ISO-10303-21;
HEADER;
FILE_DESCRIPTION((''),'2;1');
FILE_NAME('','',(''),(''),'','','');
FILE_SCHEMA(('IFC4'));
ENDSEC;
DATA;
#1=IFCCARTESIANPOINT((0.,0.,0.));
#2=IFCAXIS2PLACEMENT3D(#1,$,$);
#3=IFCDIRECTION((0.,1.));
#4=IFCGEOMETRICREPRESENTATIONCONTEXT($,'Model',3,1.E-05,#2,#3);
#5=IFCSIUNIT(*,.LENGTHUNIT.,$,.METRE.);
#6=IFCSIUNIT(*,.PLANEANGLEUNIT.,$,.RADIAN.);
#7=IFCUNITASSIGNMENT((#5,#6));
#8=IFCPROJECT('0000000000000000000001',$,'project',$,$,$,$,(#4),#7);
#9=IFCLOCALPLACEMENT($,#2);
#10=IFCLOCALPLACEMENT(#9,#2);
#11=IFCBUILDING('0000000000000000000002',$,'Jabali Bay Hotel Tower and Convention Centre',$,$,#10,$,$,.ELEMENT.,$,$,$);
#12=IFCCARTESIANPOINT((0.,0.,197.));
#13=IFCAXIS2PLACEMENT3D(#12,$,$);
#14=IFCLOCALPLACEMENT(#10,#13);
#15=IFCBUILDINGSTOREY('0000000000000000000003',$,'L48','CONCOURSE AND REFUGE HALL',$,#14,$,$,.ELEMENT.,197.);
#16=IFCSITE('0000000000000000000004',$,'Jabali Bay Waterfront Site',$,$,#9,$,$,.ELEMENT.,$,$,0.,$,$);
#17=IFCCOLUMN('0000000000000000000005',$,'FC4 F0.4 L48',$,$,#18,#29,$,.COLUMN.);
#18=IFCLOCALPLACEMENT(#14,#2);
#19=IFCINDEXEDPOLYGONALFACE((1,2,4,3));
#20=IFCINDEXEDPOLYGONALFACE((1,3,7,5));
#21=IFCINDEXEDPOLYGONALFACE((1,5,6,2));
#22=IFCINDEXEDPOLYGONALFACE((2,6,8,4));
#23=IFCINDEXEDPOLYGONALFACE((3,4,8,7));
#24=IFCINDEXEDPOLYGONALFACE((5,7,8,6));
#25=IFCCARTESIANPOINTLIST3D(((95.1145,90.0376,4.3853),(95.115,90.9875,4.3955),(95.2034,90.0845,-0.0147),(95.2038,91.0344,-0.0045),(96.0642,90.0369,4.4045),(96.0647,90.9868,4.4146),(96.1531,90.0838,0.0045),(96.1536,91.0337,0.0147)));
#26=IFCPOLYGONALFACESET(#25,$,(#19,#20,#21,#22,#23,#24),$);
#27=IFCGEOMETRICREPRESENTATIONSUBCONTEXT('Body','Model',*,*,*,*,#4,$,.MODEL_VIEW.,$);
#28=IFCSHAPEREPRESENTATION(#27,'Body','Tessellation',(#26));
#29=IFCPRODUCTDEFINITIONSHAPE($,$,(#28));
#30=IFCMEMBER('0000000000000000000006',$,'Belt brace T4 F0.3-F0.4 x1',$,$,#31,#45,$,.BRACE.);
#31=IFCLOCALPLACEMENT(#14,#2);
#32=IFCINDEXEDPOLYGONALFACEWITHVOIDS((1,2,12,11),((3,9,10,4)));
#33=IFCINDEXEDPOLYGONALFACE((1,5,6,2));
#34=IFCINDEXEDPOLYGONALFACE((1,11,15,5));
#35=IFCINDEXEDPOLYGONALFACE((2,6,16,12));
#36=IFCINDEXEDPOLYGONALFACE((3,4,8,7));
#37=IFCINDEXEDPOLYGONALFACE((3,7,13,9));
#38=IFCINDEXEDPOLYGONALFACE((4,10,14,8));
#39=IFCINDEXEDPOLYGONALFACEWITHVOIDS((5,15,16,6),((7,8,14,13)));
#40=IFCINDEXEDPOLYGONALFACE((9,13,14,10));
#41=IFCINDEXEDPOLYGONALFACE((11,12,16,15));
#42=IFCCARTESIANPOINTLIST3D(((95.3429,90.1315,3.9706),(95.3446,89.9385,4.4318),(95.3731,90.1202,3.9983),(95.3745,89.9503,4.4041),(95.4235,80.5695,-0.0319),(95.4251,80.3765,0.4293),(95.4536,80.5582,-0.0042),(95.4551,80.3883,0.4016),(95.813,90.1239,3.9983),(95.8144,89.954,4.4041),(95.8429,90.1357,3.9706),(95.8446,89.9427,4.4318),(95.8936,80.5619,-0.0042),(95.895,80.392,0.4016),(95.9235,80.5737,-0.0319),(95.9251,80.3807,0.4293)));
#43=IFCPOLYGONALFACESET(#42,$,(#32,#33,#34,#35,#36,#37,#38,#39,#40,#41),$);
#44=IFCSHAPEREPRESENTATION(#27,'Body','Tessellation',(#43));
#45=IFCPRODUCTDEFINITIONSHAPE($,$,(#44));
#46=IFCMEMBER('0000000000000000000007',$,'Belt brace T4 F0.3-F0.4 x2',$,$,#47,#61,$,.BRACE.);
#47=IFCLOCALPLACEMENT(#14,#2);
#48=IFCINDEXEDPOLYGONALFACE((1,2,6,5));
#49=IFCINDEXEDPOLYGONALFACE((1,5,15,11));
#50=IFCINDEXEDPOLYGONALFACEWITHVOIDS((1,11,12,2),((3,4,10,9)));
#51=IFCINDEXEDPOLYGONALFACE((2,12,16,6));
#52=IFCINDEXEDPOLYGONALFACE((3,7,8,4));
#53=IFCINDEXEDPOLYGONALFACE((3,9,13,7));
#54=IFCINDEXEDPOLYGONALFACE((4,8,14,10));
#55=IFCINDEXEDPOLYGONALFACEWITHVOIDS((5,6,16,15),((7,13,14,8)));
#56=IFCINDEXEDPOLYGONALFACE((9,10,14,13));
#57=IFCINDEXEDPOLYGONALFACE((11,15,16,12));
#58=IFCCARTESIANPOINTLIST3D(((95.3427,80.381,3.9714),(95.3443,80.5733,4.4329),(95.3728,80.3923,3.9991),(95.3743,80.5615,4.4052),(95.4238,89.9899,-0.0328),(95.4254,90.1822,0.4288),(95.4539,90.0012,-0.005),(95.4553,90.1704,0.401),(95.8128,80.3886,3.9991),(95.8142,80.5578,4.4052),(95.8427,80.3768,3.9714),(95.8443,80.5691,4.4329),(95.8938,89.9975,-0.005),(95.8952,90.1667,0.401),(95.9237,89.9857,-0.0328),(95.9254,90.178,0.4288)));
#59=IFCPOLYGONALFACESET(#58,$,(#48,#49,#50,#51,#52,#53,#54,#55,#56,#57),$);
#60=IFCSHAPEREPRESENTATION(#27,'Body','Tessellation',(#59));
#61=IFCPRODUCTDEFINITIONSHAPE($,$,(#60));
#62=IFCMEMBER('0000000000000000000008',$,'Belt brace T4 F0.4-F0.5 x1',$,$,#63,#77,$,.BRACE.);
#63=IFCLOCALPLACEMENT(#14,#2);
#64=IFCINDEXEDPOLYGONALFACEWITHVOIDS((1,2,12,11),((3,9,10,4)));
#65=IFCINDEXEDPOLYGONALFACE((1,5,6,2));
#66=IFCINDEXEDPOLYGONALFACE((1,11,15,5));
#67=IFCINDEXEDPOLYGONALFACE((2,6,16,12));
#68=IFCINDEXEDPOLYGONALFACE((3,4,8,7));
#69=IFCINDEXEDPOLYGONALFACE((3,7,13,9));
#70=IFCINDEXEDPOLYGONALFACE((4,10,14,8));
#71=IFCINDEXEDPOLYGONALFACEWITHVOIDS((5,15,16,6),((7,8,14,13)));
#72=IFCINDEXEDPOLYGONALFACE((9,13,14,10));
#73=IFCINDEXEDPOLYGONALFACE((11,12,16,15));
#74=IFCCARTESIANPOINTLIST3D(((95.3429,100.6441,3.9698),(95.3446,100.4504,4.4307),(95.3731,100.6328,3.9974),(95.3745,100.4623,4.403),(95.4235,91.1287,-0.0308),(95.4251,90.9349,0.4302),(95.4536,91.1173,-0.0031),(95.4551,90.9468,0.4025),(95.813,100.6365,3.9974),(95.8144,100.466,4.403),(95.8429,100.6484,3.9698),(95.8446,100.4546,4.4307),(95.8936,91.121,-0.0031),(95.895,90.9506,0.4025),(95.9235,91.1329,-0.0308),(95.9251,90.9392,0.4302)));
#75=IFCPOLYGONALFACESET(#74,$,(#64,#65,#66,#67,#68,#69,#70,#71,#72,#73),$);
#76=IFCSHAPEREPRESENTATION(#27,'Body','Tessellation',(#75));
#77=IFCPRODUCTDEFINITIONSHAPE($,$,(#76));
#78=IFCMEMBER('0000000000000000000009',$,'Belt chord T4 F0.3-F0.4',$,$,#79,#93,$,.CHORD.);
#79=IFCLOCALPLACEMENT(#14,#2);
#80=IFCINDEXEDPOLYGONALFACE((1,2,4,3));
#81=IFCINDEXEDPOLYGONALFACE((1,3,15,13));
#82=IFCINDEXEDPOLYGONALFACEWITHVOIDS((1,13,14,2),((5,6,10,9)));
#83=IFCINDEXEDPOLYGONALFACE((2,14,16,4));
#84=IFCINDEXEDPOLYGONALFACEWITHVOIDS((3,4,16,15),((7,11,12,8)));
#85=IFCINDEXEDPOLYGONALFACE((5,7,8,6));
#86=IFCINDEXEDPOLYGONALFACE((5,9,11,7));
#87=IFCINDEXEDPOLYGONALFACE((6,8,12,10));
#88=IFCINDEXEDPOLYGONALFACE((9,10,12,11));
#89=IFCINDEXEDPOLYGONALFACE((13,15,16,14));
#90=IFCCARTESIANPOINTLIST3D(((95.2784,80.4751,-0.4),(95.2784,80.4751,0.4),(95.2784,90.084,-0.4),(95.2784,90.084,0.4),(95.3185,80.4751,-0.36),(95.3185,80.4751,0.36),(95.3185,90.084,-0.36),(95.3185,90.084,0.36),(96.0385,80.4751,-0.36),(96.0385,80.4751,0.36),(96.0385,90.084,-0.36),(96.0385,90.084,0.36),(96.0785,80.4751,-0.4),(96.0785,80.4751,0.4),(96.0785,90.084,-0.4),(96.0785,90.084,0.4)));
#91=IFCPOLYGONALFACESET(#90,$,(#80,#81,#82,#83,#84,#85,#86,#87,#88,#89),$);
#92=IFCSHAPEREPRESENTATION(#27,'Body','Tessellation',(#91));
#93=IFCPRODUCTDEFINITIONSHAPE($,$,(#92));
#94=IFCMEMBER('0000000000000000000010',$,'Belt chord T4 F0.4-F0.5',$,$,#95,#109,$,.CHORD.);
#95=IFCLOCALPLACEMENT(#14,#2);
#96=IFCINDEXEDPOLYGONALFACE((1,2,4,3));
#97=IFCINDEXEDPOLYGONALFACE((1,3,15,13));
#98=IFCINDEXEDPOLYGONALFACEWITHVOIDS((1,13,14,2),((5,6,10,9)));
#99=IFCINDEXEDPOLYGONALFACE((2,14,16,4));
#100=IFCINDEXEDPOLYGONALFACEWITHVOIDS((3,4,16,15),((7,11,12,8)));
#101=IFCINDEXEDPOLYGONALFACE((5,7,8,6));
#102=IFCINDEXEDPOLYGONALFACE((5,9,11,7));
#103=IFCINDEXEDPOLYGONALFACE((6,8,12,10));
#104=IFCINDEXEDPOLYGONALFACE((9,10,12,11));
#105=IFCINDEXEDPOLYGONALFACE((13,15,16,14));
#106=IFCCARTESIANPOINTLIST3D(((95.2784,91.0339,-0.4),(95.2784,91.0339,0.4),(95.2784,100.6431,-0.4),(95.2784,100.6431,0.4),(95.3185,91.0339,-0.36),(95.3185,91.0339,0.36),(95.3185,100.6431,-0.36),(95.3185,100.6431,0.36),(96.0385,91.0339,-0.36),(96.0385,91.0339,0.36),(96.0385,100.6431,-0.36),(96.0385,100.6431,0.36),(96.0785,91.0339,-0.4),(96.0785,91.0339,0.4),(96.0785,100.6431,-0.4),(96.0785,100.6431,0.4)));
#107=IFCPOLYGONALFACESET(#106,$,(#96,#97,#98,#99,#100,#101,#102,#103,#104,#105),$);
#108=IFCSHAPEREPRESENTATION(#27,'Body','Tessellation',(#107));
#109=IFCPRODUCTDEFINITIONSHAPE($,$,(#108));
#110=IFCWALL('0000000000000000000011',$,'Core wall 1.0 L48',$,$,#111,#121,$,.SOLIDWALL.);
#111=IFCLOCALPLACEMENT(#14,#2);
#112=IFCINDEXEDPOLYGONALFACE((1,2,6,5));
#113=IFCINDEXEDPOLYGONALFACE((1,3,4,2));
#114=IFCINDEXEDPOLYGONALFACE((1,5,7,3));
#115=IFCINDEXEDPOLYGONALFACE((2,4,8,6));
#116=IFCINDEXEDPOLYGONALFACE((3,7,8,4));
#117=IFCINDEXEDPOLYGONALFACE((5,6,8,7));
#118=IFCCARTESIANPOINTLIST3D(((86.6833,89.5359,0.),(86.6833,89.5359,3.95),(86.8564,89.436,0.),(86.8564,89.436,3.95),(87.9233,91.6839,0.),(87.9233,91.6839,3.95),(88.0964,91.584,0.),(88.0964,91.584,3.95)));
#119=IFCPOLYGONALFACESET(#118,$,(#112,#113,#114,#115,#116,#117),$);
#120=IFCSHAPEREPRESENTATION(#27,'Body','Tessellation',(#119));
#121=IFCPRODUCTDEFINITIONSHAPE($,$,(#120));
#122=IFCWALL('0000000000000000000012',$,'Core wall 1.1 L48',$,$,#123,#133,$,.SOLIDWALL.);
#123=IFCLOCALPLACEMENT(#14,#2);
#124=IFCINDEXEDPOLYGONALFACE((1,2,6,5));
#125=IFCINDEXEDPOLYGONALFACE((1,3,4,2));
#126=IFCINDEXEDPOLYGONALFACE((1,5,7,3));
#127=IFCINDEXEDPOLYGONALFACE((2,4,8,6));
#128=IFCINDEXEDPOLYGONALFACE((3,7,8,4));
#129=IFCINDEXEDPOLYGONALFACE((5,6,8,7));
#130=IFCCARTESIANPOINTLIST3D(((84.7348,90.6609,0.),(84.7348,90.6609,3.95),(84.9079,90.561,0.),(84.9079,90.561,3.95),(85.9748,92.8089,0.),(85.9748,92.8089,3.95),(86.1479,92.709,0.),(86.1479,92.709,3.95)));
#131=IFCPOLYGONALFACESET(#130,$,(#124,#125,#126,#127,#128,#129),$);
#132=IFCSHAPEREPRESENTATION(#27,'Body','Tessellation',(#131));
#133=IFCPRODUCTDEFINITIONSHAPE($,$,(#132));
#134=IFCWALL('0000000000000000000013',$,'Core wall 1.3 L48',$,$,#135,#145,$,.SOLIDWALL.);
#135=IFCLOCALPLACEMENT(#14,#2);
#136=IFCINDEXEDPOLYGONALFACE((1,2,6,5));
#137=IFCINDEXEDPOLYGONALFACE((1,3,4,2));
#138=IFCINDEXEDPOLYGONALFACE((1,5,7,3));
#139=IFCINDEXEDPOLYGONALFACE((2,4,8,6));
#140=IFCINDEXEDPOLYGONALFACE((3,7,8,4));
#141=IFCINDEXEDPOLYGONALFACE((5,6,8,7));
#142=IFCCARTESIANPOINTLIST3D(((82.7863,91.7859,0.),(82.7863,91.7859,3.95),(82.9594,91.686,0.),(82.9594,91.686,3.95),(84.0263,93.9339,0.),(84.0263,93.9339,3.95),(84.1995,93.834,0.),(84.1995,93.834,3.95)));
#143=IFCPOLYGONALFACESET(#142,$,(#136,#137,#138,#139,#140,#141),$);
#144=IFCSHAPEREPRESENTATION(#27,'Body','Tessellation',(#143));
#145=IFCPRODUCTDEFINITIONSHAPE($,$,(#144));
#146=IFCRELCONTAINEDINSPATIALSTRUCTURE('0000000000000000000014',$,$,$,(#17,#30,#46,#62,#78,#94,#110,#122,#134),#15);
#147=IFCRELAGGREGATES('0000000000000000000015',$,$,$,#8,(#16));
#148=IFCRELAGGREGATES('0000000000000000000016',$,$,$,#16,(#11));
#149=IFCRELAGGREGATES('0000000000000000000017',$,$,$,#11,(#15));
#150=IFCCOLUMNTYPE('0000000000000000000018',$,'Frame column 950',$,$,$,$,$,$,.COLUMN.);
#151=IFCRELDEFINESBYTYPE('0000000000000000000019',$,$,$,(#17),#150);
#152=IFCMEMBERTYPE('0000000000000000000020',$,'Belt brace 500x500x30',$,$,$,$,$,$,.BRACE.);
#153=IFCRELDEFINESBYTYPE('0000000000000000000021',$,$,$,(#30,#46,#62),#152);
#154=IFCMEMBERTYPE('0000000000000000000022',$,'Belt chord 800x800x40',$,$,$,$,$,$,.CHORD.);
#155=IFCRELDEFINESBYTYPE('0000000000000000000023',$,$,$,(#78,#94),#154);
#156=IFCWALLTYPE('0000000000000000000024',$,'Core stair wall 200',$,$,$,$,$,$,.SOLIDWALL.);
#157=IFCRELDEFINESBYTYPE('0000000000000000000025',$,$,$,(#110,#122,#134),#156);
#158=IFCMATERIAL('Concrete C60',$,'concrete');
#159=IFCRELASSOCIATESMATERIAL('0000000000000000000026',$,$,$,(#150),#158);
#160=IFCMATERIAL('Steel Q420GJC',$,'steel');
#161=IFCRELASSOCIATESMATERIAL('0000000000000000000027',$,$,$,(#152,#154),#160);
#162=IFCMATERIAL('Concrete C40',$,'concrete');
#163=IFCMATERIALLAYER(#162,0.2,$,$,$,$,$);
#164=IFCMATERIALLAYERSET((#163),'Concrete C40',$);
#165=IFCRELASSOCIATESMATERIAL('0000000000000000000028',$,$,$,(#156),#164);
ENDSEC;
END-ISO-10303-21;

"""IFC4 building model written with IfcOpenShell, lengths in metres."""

from ifc_helpers import new_model, si_unit, direction, frame, frame_2d, origin, origin_2d, place, context, subcontext, project, spatial, rectangle, hollow_rectangle, extrude, material, layer, layer_set, material_profile, profile_set, type_object, element, save


model = new_model("IFC4")

# Units and contexts
model_context = context("Model", 3, precision=1e-05, world=origin(), true_north=direction((0.0, 1.0)))
body_context = subcontext(model_context, "Body", "Model", "MODEL_VIEW")
ifc_project = project(units=[si_unit("LENGTHUNIT", "METRE"), si_unit("PLANEANGLEUNIT", "RADIAN")], contexts=[model_context])

# Site, building, storey
site_placement = place(None, origin())
site = spatial("IfcSite", under=ifc_project, at=site_placement, Name="Jabali Bay Waterfront Site", CompositionType="ELEMENT", RefElevation=0.0)
building_placement = place(site_placement, origin())
building = spatial("IfcBuilding", under=site, at=building_placement, Name="Jabali Bay Hotel Tower and Convention Centre", CompositionType="ELEMENT")
storey_placement = place(building_placement, frame((0.0, 0.0, 197.0)))
storey = spatial("IfcBuildingStorey", under=building, at=storey_placement, Name="L48", Description="CONCOURSE AND REFUGE HALL", CompositionType="ELEMENT", Elevation=197.0)

# Column
ifc_material_1 = material(Name="Concrete C60", Category="concrete")
ifc_material_profile_1 = material_profile(ifc_material_1, rectangle(XDim=0.95, YDim=0.95, at=origin_2d()), Name="Frame column 950")
ifc_profile_set_1 = profile_set([ifc_material_profile_1], Name="Concrete C60")
column_type = type_object("IfcColumnType", Name="Frame column 950", PredefinedType="COLUMN", material=ifc_profile_set_1)
column_placement = place(storey_placement, frame((95.6785, 90.5591, 0.0), z_axis=(-0.020192, -0.010651, 0.999739), x_axis=(0.999796, -0.000716, 0.020186)))
element("IfcColumn", 1, at=column_placement, inside=storey, type_object=column_type, Name="FC4 F0.4 L48", PredefinedType="COLUMN", context=body_context, shape_type="SweptSolid", body=[
    extrude(rectangle(XDim=0.95, YDim=0.95, at=origin_2d()), origin(), (0.0, 0.0, 1.0), 4.4011),
])

# Members
ifc_material_2 = material(Name="Steel Q420GJC", Category="steel")
ifc_material_profile_2 = material_profile(ifc_material_2, hollow_rectangle(XDim=0.5, YDim=0.5, WallThickness=0.03, at=origin_2d()), Name="Belt brace 500x500x30")
ifc_profile_set_2 = profile_set([ifc_material_profile_2], Name="Steel Q420GJC")
member_type_1 = type_object("IfcMemberType", Name="Belt brace 500x500x30", PredefinedType="BRACE", material=ifc_profile_set_2)
member_1_placement = place(storey_placement, frame((95.6743, 80.4751, 0.1987), z_axis=(-0.007772, 0.922422, 0.386105), x_axis=(-0.999965, -0.008425, 0.0)))
element("IfcMember", 2, at=member_1_placement, inside=storey, type_object=member_type_1, Name="Belt brace T4 F0.3-F0.4 x1", PredefinedType="BRACE", context=body_context, shape_type="SweptSolid", body=[
    extrude(hollow_rectangle(XDim=0.5, YDim=0.5, WallThickness=0.03, at=origin_2d()), origin(), (0.0, 0.0, 1.0), 10.3662),
])
member_2_placement = place(storey_placement, frame((95.6746, 90.084, 0.198), z_axis=(-0.007786, -0.923034, 0.38464), x_axis=(0.999964, -0.008435, 0.0)))
element("IfcMember", 3, at=member_2_placement, inside=storey, type_object=member_type_1, Name="Belt brace T4 F0.3-F0.4 x2", PredefinedType="BRACE", context=body_context, shape_type="SweptSolid", body=[
    extrude(hollow_rectangle(XDim=0.5, YDim=0.5, WallThickness=0.03, at=origin_2d()), origin(), (0.0, 0.0, 1.0), 10.4102),
])
member_3_placement = place(storey_placement, frame((95.6743, 91.0339, 0.1997), z_axis=(-0.007805, 0.921815, 0.387552), x_axis=(-0.999964, -0.008467, 0.0)))
element("IfcMember", 4, at=member_3_placement, inside=storey, type_object=member_type_1, Name="Belt brace T4 F0.4-F0.5 x1", PredefinedType="BRACE", context=body_context, shape_type="SweptSolid", body=[
    extrude(hollow_rectangle(XDim=0.5, YDim=0.5, WallThickness=0.03, at=origin_2d()), origin(), (0.0, 0.0, 1.0), 10.3225),
])
ifc_material_profile_3 = material_profile(ifc_material_2, hollow_rectangle(XDim=0.8, YDim=0.8, WallThickness=0.04, at=origin_2d()), Name="Belt chord 800x800x40")
ifc_profile_set_3 = profile_set([ifc_material_profile_3], Name="Steel Q420GJC")
member_type_2 = type_object("IfcMemberType", Name="Belt chord 800x800x40", PredefinedType="CHORD", material=ifc_profile_set_3)
member_4_placement = place(storey_placement, frame((95.6785, 80.4751, 0.0), z_axis=(0.0, 1.0, 0.0), x_axis=(-1.0, 0.0, 0.0)))
element("IfcMember", 5, at=member_4_placement, inside=storey, type_object=member_type_2, Name="Belt chord T4 F0.3-F0.4", PredefinedType="CHORD", context=body_context, shape_type="SweptSolid", body=[
    extrude(hollow_rectangle(XDim=0.8, YDim=0.8, WallThickness=0.04, at=origin_2d()), origin(), (0.0, 0.0, 1.0), 9.6089),
])
member_5_placement = place(storey_placement, frame((95.6785, 91.0339, 0.0), z_axis=(0.0, 1.0, 0.0), x_axis=(-1.0, 0.0, 0.0)))
element("IfcMember", 6, at=member_5_placement, inside=storey, type_object=member_type_2, Name="Belt chord T4 F0.4-F0.5", PredefinedType="CHORD", context=body_context, shape_type="SweptSolid", body=[
    extrude(hollow_rectangle(XDim=0.8, YDim=0.8, WallThickness=0.04, at=origin_2d()), origin(), (0.0, 0.0, 1.0), 9.6091),
])

# Walls
ifc_material_3 = material(Name="Concrete C40", Category="concrete")
ifc_layer_1 = layer(ifc_material_3, 0.2)
ifc_layer_set_1 = layer_set([ifc_layer_1], Name="Concrete C40")
wall_type_1 = type_object("IfcWallType", Name="Core stair wall 200", PredefinedType="SOLIDWALL", material=ifc_layer_set_1)
for number, where, z_axis, x_axis, name in (
    (7, (86.7698, 89.4858, 0.0), (0.0, 0.0, 1.0), (0.499961, 0.866048, 0.0), "Core wall 1.0 L48"),
    (8, (84.8213, 90.6108, 0.0), (0.0, 0.0, 1.0), (0.499961, 0.866048, 0.0), "Core wall 1.1 L48"),
    (9, (82.8728, 91.7358, 0.0), (0.0, 0.0, 1.0), (0.499961, 0.866048, 0.0), "Core wall 1.3 L48"),
):
    element("IfcWall", number, at=place(storey_placement, frame(where, z_axis=z_axis, x_axis=x_axis)), inside=storey, type_object=wall_type_1, Name=name, PredefinedType="SOLIDWALL", context=body_context, shape_type="SweptSolid", body=[
        extrude(rectangle(XDim=2.4802, YDim=0.2, at=frame_2d((1.2402, 0.0))), origin(), (0.0, 0.0, 1.0), 3.95),
    ])

save(model, "model.ifc")
